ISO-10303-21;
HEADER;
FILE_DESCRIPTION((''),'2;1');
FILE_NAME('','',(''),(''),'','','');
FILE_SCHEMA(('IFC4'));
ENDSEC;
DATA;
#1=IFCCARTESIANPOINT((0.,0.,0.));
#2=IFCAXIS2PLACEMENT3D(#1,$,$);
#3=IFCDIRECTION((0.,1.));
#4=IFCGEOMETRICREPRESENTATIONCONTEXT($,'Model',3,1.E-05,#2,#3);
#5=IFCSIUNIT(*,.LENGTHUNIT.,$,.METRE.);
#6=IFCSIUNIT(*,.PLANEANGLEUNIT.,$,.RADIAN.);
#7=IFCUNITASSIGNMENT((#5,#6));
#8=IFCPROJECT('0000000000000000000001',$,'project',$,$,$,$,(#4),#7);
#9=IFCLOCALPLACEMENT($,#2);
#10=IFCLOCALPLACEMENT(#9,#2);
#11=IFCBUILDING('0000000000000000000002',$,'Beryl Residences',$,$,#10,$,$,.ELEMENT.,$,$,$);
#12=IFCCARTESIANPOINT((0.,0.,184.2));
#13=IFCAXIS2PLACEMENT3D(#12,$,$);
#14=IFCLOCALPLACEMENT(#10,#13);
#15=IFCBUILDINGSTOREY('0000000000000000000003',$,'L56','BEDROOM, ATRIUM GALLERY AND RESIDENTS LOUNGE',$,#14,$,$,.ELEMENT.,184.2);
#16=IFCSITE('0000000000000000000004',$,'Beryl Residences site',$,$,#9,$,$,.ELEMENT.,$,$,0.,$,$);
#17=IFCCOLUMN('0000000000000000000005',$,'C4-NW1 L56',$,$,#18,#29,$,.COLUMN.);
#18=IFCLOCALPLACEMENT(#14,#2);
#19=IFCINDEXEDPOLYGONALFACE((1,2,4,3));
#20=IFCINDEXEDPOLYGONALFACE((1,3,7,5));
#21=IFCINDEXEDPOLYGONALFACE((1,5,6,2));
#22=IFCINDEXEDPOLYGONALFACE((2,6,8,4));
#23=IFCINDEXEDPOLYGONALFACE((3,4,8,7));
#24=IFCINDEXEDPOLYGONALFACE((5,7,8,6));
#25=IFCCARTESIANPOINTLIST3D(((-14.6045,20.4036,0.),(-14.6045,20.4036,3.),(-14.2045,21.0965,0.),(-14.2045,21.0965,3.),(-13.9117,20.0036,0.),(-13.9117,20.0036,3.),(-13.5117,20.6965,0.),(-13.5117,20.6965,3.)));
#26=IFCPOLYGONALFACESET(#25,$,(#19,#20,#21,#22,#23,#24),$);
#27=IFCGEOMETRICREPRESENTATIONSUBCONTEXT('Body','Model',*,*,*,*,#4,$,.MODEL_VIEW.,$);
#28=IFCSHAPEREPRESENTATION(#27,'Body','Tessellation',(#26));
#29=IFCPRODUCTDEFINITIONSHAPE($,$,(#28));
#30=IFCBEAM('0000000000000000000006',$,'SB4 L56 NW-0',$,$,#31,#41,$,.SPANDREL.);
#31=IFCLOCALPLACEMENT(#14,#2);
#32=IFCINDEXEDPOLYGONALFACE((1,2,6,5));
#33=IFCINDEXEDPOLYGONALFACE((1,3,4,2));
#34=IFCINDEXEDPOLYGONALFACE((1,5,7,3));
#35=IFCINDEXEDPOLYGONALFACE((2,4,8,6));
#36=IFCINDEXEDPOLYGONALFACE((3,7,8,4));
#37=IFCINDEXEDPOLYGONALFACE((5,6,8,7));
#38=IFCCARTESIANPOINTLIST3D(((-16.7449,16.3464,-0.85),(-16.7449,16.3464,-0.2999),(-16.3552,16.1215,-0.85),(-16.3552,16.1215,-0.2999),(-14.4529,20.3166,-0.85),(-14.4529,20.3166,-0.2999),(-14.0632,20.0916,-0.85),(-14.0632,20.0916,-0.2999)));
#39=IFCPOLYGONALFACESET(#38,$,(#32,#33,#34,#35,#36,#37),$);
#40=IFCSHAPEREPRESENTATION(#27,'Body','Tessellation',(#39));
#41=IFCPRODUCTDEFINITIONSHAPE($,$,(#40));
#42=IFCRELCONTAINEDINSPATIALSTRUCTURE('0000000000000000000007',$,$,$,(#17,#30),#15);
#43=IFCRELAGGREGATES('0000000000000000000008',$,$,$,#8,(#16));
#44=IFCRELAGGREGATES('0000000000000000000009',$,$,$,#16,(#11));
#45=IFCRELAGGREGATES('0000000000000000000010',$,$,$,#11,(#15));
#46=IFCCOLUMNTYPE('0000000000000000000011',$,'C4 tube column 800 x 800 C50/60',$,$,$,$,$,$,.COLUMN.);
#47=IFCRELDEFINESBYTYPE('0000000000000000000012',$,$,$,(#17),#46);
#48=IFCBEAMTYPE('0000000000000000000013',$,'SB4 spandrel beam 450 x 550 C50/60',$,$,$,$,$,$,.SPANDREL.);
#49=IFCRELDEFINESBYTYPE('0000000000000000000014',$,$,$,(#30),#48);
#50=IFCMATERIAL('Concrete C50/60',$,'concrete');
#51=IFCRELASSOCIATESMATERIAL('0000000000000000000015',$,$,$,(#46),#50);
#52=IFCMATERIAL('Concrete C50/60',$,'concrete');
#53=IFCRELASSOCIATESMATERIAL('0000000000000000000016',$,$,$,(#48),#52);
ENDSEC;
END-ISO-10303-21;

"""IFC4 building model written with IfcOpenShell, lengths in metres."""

from ifc_helpers import new_model, si_unit, direction, frame, origin, origin_2d, place, context, subcontext, project, spatial, rectangle, extrude, material, material_profile, profile_set, type_object, element, save


model = new_model("IFC4")

# Units and contexts
model_context = context("Model", 3, precision=1e-05, world=origin(), true_north=direction((0.0, 1.0)))
body_context = subcontext(model_context, "Body", "Model", "MODEL_VIEW")
ifc_project = project(units=[si_unit("LENGTHUNIT", "METRE"), si_unit("PLANEANGLEUNIT", "RADIAN")], contexts=[model_context])

# Site, building, storey
site_placement = place(None, origin())
site = spatial("IfcSite", under=ifc_project, at=site_placement, Name="Beryl Residences site", CompositionType="ELEMENT", RefElevation=0.0)
building_placement = place(site_placement, origin())
building = spatial("IfcBuilding", under=site, at=building_placement, Name="Beryl Residences", CompositionType="ELEMENT")
storey_placement = place(building_placement, frame((0.0, 0.0, 184.2)))
storey = spatial("IfcBuildingStorey", under=building, at=storey_placement, Name="L56", Description="BEDROOM, ATRIUM GALLERY AND RESIDENTS LOUNGE", CompositionType="ELEMENT", Elevation=184.2)

# Column
ifc_material_1 = material(Name="Concrete C50/60", Category="concrete")
ifc_material_profile_1 = material_profile(ifc_material_1, rectangle(XDim=0.8, YDim=0.8, at=origin_2d()))
ifc_profile_set_1 = profile_set([ifc_material_profile_1], Name="Concrete C50/60")
column_type = type_object("IfcColumnType", Name="C4 tube column 800 x 800 C50/60", PredefinedType="COLUMN", material=ifc_profile_set_1)
column_placement = place(storey_placement, frame((-14.0581, 20.55, 0.0), z_axis=(0.0, 0.0, 1.0), x_axis=(-0.5, -0.866025, 0.0)))
element("IfcColumn", 1, at=column_placement, inside=storey, type_object=column_type, Name="C4-NW1 L56", PredefinedType="COLUMN", context=body_context, shape_type="SweptSolid", body=[
    extrude(rectangle(XDim=0.8, YDim=0.8, at=origin_2d()), origin(), (0.0, 0.0, 1.0), 3.0),
])

# Beam
ifc_material_2 = material(Name="Concrete C50/60", Category="concrete")
ifc_material_profile_2 = material_profile(ifc_material_2, rectangle(XDim=0.45, YDim=0.55, at=origin_2d()))
ifc_profile_set_2 = profile_set([ifc_material_profile_2], Name="Concrete C50/60")
beam_type = type_object("IfcBeamType", Name="SB4 spandrel beam 450 x 550 C50/60", PredefinedType="SPANDREL", material=ifc_profile_set_2)
beam_placement = place(storey_placement, frame((-14.2581, 20.2041, -0.575), z_axis=(-0.499965, -0.866045, 0.0), x_axis=(0.866045, -0.499965, 0.0)))
element("IfcBeam", 2, at=beam_placement, inside=storey, type_object=beam_type, Name="SB4 L56 NW-0", PredefinedType="SPANDREL", context=body_context, shape_type="SweptSolid", body=[
    extrude(rectangle(XDim=0.45, YDim=0.55, at=origin_2d()), origin(), (0.0, 0.0, 1.0), 4.5842),
])

save(model, "model.ifc")
